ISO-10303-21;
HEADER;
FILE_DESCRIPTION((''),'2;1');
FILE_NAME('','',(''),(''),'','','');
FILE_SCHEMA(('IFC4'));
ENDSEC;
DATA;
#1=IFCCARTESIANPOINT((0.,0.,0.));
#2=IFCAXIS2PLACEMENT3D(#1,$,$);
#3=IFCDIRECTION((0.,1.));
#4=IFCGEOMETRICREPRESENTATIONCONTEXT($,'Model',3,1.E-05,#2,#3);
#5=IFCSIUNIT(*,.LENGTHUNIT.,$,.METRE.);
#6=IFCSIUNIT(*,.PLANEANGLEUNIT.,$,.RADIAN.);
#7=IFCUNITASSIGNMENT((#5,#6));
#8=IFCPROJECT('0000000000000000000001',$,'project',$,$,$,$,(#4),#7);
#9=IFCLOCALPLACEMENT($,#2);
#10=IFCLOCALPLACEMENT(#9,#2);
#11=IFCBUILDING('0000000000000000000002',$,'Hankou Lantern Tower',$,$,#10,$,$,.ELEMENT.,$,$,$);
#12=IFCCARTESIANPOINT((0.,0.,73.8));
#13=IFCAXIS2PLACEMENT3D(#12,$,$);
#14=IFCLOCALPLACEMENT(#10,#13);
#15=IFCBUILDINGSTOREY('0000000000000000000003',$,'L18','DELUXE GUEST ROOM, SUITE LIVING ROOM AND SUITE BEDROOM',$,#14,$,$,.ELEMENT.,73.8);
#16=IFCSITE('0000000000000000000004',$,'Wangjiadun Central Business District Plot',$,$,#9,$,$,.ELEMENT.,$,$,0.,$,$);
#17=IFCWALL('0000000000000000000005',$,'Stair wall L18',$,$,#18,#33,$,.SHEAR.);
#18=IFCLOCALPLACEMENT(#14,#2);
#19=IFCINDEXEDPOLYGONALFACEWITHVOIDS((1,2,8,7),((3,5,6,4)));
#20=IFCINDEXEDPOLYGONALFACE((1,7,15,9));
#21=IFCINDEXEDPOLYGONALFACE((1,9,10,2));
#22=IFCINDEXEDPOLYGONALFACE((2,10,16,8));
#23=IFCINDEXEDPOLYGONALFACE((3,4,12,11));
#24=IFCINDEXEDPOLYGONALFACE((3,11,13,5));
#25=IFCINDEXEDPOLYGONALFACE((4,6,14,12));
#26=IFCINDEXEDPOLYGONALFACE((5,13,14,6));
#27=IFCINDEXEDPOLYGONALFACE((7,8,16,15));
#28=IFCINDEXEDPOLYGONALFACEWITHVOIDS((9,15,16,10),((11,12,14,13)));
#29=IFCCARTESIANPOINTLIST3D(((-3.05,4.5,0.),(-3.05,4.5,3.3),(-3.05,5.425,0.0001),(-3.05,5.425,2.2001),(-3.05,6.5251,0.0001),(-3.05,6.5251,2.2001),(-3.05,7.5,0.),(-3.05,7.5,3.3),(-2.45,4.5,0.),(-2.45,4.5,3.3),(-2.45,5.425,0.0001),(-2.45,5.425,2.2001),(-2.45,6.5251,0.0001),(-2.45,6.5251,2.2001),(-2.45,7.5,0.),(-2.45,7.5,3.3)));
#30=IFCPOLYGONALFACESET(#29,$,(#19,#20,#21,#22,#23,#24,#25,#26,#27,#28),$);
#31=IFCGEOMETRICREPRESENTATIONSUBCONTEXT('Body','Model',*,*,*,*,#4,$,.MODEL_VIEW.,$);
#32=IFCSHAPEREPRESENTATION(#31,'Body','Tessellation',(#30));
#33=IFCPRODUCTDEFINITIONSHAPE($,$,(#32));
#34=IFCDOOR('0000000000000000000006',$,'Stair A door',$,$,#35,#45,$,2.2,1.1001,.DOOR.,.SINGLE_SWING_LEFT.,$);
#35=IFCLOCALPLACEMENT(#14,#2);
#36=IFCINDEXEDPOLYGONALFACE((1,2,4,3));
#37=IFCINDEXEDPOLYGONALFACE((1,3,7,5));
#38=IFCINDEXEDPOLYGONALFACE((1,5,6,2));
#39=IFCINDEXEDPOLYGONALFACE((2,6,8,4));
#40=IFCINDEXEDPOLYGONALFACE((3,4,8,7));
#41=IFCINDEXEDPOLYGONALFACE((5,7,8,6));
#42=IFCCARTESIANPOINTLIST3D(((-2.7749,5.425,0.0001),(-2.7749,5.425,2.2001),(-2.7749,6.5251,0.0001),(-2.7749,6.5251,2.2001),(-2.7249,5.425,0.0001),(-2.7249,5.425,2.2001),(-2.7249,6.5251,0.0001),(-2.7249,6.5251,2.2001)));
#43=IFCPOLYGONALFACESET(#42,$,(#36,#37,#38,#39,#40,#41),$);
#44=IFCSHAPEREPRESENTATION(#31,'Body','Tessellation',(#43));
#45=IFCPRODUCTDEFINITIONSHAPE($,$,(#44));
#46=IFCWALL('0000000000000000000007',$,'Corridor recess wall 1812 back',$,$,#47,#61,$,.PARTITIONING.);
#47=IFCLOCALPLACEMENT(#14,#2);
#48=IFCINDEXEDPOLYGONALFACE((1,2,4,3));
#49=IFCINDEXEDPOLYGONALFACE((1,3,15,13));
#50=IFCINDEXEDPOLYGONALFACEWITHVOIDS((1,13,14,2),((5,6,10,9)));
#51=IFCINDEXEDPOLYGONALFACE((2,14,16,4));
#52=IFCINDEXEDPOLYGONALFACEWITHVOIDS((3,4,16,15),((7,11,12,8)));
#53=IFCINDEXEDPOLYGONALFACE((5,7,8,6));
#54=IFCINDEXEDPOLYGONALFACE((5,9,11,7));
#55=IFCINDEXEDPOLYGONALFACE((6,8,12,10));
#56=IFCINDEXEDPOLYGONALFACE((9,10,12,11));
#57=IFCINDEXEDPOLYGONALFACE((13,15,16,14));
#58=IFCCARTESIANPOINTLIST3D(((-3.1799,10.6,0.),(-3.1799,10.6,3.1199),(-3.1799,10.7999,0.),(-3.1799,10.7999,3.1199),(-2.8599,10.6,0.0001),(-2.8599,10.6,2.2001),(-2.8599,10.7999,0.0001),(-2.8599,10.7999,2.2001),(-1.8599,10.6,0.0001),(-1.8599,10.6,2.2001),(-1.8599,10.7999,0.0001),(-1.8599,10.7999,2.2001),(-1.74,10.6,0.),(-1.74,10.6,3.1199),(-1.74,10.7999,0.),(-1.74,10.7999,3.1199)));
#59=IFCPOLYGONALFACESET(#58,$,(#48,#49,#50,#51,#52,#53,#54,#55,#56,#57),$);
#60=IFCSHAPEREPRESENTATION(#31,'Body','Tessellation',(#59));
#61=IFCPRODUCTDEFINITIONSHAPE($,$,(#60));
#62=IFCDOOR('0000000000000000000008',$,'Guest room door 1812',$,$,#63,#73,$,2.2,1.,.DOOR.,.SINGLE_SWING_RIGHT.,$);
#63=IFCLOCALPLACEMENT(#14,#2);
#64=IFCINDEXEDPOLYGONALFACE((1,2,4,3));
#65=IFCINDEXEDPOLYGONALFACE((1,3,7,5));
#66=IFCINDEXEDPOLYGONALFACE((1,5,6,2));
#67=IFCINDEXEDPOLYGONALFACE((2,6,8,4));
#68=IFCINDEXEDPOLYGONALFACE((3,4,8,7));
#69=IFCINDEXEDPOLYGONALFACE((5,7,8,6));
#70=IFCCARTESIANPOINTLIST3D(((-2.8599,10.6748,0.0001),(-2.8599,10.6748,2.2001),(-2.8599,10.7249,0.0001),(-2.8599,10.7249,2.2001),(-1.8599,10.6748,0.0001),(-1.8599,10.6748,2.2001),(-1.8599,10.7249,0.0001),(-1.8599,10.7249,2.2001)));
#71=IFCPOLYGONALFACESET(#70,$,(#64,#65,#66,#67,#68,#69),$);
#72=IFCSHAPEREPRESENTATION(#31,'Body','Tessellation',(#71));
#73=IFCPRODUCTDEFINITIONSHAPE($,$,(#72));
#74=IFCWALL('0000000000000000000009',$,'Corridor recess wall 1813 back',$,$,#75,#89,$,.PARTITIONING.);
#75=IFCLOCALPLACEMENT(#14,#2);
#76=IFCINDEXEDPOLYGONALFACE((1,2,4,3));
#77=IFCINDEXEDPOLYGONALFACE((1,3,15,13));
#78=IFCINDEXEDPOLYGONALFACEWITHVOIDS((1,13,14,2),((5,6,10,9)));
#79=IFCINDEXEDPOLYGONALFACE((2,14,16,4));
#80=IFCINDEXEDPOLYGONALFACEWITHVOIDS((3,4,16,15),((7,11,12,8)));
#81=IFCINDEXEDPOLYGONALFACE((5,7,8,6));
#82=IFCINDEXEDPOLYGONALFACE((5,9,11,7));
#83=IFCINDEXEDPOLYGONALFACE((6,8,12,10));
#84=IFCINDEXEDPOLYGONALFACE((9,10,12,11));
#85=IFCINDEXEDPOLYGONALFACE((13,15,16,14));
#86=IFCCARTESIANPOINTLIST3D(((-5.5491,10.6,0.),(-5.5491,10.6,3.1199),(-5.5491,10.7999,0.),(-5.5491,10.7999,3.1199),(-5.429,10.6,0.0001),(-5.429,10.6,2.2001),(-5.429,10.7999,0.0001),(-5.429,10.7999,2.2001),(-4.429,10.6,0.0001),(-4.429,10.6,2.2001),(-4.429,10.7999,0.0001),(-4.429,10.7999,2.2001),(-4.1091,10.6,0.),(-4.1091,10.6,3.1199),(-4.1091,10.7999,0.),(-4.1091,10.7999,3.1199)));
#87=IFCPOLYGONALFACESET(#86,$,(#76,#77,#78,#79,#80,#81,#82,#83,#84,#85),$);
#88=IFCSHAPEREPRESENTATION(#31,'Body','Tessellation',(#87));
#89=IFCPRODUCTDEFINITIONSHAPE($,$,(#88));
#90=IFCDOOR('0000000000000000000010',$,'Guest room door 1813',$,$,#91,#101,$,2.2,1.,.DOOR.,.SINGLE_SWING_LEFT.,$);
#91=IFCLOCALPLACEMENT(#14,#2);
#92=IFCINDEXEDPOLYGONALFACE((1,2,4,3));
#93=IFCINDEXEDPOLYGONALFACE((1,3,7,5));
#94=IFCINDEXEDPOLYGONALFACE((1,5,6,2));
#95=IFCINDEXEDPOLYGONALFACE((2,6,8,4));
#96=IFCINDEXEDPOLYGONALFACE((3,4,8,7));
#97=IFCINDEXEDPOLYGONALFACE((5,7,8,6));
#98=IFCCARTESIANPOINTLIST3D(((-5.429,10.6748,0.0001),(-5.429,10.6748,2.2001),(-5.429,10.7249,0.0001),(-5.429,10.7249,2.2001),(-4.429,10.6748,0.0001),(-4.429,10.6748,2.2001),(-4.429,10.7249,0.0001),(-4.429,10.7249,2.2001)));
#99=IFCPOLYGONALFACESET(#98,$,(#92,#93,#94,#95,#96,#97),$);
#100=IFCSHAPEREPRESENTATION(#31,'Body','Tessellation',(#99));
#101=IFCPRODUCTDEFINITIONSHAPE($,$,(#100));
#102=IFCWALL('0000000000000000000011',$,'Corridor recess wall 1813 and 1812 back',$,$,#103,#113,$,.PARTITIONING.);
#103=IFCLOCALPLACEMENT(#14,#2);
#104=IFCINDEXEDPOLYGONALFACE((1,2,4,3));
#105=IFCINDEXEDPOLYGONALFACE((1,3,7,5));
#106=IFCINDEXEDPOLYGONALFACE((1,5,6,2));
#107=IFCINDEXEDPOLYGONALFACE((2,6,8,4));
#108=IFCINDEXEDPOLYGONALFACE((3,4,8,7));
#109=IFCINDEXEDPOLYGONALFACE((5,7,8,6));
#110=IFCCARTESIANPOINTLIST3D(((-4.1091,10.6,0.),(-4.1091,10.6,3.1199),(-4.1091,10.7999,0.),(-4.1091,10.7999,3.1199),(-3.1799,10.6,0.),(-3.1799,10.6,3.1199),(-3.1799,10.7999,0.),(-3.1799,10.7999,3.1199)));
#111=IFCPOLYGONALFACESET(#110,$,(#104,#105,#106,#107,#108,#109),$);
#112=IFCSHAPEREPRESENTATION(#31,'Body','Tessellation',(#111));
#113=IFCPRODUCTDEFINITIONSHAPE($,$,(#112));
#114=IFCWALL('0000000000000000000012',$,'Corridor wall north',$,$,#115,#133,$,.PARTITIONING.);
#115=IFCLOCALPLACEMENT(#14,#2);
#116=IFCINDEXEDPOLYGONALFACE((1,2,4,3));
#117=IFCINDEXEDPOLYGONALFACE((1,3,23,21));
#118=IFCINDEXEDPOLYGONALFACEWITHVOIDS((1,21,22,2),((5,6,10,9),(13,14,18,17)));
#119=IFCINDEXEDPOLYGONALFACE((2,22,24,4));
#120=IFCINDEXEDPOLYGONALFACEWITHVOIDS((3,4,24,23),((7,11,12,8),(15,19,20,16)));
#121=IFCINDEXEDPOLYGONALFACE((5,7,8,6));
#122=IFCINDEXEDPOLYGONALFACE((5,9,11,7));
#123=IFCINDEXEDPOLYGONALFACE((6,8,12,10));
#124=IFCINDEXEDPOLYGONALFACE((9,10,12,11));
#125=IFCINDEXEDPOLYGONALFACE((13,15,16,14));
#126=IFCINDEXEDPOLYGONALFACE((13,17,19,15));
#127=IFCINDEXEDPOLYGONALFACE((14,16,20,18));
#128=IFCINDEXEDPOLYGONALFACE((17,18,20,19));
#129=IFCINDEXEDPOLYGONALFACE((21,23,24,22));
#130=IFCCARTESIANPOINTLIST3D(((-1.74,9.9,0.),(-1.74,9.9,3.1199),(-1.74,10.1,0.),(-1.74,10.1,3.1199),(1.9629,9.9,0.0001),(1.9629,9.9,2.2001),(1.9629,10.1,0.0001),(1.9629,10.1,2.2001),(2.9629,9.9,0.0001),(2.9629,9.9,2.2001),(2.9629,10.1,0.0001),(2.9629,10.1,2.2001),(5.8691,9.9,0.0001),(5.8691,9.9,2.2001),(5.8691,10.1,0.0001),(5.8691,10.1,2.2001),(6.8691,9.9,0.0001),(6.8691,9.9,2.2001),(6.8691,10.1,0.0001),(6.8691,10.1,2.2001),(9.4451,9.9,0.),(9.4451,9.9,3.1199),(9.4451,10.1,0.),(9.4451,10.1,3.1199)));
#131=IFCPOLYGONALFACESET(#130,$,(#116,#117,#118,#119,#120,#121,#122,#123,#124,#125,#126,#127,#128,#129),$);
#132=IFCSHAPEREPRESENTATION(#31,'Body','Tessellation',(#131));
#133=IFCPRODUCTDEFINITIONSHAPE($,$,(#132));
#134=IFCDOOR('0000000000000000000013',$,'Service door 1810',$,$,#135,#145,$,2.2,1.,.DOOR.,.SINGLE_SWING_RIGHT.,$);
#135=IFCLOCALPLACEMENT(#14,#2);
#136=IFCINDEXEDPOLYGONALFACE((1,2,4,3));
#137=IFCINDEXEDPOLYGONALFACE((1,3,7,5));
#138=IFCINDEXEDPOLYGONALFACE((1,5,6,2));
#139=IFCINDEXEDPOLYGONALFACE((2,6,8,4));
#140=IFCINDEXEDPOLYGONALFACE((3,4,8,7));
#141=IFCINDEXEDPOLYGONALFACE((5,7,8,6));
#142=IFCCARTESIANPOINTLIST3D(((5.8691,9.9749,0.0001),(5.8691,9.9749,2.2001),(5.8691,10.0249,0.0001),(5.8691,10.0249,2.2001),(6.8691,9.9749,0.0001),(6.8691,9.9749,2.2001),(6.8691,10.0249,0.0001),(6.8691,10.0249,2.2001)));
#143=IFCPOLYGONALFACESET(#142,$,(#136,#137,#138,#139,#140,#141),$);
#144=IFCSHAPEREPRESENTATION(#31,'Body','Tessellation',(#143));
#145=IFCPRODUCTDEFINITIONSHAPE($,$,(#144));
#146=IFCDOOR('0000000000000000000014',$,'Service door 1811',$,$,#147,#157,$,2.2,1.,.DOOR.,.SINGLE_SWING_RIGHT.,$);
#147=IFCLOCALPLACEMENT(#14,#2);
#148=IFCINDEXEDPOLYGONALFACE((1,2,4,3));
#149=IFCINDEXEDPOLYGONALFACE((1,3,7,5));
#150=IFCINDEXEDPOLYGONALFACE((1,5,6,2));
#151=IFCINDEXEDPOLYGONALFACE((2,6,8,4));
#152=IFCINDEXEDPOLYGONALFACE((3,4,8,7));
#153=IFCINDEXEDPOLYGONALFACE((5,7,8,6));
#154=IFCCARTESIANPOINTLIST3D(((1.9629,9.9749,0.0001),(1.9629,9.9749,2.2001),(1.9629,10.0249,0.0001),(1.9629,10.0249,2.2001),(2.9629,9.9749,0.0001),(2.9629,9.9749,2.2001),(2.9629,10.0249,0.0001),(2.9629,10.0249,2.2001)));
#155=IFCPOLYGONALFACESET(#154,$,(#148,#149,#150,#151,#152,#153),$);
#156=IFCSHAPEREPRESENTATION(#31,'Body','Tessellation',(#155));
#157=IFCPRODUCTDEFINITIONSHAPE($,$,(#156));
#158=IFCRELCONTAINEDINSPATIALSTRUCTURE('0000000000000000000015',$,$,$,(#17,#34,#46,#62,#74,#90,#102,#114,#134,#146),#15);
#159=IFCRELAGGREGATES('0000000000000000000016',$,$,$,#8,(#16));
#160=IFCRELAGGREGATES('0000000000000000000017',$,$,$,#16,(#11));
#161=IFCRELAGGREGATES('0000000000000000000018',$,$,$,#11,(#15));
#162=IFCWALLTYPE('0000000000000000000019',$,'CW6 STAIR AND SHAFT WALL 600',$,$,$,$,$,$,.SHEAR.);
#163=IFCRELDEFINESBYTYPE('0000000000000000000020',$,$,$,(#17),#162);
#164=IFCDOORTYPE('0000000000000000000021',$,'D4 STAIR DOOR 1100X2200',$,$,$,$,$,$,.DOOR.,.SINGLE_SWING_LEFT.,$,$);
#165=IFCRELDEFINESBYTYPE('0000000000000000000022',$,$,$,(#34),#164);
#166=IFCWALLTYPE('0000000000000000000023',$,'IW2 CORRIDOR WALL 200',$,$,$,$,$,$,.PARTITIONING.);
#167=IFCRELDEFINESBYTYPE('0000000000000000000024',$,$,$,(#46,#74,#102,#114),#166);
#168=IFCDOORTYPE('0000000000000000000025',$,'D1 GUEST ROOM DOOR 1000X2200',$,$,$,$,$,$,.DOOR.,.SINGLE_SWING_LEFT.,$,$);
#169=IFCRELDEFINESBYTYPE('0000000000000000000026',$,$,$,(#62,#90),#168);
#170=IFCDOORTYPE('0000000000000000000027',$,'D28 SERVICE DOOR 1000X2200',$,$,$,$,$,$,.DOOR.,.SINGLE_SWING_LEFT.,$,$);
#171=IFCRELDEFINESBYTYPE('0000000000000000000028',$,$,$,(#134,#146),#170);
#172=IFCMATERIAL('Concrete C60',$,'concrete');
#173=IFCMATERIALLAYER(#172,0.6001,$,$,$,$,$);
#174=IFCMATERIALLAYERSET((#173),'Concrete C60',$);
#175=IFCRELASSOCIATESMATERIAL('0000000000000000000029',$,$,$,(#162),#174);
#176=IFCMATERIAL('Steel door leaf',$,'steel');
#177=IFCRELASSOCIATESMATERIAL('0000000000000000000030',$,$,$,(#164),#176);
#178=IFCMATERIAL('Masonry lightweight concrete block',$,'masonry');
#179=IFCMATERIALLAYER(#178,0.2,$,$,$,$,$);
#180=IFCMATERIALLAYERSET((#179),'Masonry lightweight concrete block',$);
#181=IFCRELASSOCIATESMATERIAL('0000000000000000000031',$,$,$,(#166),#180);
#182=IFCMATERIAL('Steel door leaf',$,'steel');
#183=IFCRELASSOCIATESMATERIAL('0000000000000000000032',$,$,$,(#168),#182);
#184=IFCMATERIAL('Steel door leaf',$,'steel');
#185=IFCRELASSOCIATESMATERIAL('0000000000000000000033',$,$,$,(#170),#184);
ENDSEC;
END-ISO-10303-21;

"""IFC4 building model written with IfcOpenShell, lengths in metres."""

from ifc_helpers import new_model, si_unit, direction, frame, frame_2d, origin, place, context, subcontext, project, spatial, rectangle, extrude, material, layer, layer_set, type_object, element, fill, save


model = new_model("IFC4")

# Units and contexts
model_context = context("Model", 3, precision=1e-05, world=origin(), true_north=direction((0.0, 1.0)))
body_context = subcontext(model_context, "Body", "Model", "MODEL_VIEW")
ifc_project = project(units=[si_unit("LENGTHUNIT", "METRE"), si_unit("PLANEANGLEUNIT", "RADIAN")], contexts=[model_context])

# Site, building, storey
site_placement = place(None, origin())
site = spatial("IfcSite", under=ifc_project, at=site_placement, Name="Wangjiadun Central Business District Plot", CompositionType="ELEMENT", RefElevation=0.0)
building_placement = place(site_placement, origin())
building = spatial("IfcBuilding", under=site, at=building_placement, Name="Hankou Lantern Tower", CompositionType="ELEMENT")
storey_placement = place(building_placement, frame((0.0, 0.0, 73.8)))
storey = spatial("IfcBuildingStorey", under=building, at=storey_placement, Name="L18", Description="DELUXE GUEST ROOM, SUITE LIVING ROOM AND SUITE BEDROOM", CompositionType="ELEMENT", Elevation=73.8)

# Walls, openings, doors
ifc_material_1 = material(Name="Concrete C60", Category="concrete")
ifc_layer_1 = layer(ifc_material_1, 0.6001)
ifc_layer_set_1 = layer_set([ifc_layer_1], Name="Concrete C60")
wall_type_1 = type_object("IfcWallType", Name="CW6 STAIR AND SHAFT WALL 600", PredefinedType="SHEAR", material=ifc_layer_set_1)
wall_1_placement = place(storey_placement, frame((-2.75, 4.5, 0.0), z_axis=(0.0, 0.0, 1.0), x_axis=(0.0, 1.0, 0.0)))
wall_1 = element("IfcWall", 1, at=wall_1_placement, inside=storey, type_object=wall_type_1, Name="Stair wall L18", PredefinedType="SHEAR", context=body_context, shape_type="SweptSolid", body=[
    extrude(rectangle(XDim=3.0, YDim=0.6001, at=frame_2d((1.5, 0.0))), origin(), (0.0, 0.0, 1.0), 3.3),
])
opening_1_placement = place(wall_1_placement, frame((0.925, 0.0, 0.0)))
opening_1 = element("IfcOpeningElement", 2, at=opening_1_placement, cuts=wall_1, PredefinedType="OPENING", context=body_context, shape_type="SweptSolid", body=[
    extrude(rectangle(XDim=1.1001, YDim=2.2, at=frame_2d((0.55, 1.1001))), frame((0.0, 0.3101, 0.0), z_axis=(0.0, -1.0, 0.0), x_axis=(1.0, 0.0, 0.0)), (0.0, 0.0, 1.0), 0.6201),
])
ifc_material_2 = material(Name="Steel door leaf", Category="steel")
door_type_1 = type_object("IfcDoorType", Name="D4 STAIR DOOR 1100X2200", OperationType="SINGLE_SWING_LEFT", PredefinedType="DOOR", material=ifc_material_2)
door_1_placement = place(opening_1_placement, origin())
door_1 = element("IfcDoor", 3, at=door_1_placement, inside=storey, type_object=door_type_1, Name="Stair A door", OperationType="SINGLE_SWING_LEFT", OverallHeight=2.2, OverallWidth=1.1001, PredefinedType="DOOR", context=body_context, shape_type="SweptSolid", body=[
    extrude(rectangle(XDim=1.1001, YDim=2.2, at=frame_2d((0.55, 1.1001))), frame((0.0, 0.0249, 0.0), z_axis=(0.0, -1.0, 0.0), x_axis=(1.0, 0.0, 0.0)), (0.0, 0.0, 1.0), 0.05),
])
fill(opening_1, door_1)
ifc_material_3 = material(Name="Masonry lightweight concrete block", Category="masonry")
ifc_layer_2 = layer(ifc_material_3, 0.2)
ifc_layer_set_2 = layer_set([ifc_layer_2], Name="Masonry lightweight concrete block")
wall_type_2 = type_object("IfcWallType", Name="IW2 CORRIDOR WALL 200", PredefinedType="PARTITIONING", material=ifc_layer_set_2)
wall_2_placement = place(storey_placement, frame((-3.1799, 10.7, 0.0), z_axis=(0.0, 0.0, 1.0), x_axis=(1.0, 0.0, 0.0)))
wall_2 = element("IfcWall", 4, at=wall_2_placement, inside=storey, type_object=wall_type_2, Name="Corridor recess wall 1812 back", PredefinedType="PARTITIONING", context=body_context, shape_type="SweptSolid", body=[
    extrude(rectangle(XDim=1.4399, YDim=0.2, at=frame_2d((0.72, 0.0))), origin(), (0.0, 0.0, 1.0), 3.1199),
])
opening_2_placement = place(wall_2_placement, frame((0.3201, 0.0, 0.0)))
opening_2 = element("IfcOpeningElement", 5, at=opening_2_placement, cuts=wall_2, PredefinedType="OPENING", context=body_context, shape_type="SweptSolid", body=[
    extrude(rectangle(XDim=1.0, YDim=2.2, at=frame_2d((0.5, 1.1001))), frame((0.0, 0.1099, 0.0), z_axis=(0.0, -1.0, 0.0), x_axis=(1.0, 0.0, 0.0)), (0.0, 0.0, 1.0), 0.22),
])
ifc_material_4 = material(Name="Steel door leaf", Category="steel")
door_type_2 = type_object("IfcDoorType", Name="D1 GUEST ROOM DOOR 1000X2200", OperationType="SINGLE_SWING_LEFT", PredefinedType="DOOR", material=ifc_material_4)
door_2_placement = place(opening_2_placement, origin())
door_2 = element("IfcDoor", 6, at=door_2_placement, inside=storey, type_object=door_type_2, Name="Guest room door 1812", OperationType="SINGLE_SWING_RIGHT", OverallHeight=2.2, OverallWidth=1.0, PredefinedType="DOOR", context=body_context, shape_type="SweptSolid", body=[
    extrude(rectangle(XDim=1.0, YDim=2.2, at=frame_2d((0.5, 1.1001))), frame((0.0, 0.0249, 0.0), z_axis=(0.0, -1.0, 0.0), x_axis=(1.0, 0.0, 0.0)), (0.0, 0.0, 1.0), 0.05),
])
fill(opening_2, door_2)
wall_3_placement = place(storey_placement, frame((-5.5491, 10.7, 0.0), z_axis=(0.0, 0.0, 1.0), x_axis=(1.0, 0.0, 0.0)))
wall_3 = element("IfcWall", 7, at=wall_3_placement, inside=storey, type_object=wall_type_2, Name="Corridor recess wall 1813 back", PredefinedType="PARTITIONING", context=body_context, shape_type="SweptSolid", body=[
    extrude(rectangle(XDim=1.4399, YDim=0.2, at=frame_2d((0.72, 0.0))), origin(), (0.0, 0.0, 1.0), 3.1199),
])
opening_3_placement = place(wall_3_placement, frame((0.1201, 0.0, 0.0)))
opening_3 = element("IfcOpeningElement", 8, at=opening_3_placement, cuts=wall_3, PredefinedType="OPENING", context=body_context, shape_type="SweptSolid", body=[
    extrude(rectangle(XDim=1.0, YDim=2.2, at=frame_2d((0.5, 1.1001))), frame((0.0, 0.1099, 0.0), z_axis=(0.0, -1.0, 0.0), x_axis=(1.0, 0.0, 0.0)), (0.0, 0.0, 1.0), 0.22),
])
door_3_placement = place(opening_3_placement, origin())
door_3 = element("IfcDoor", 9, at=door_3_placement, inside=storey, type_object=door_type_2, Name="Guest room door 1813", OperationType="SINGLE_SWING_LEFT", OverallHeight=2.2, OverallWidth=1.0, PredefinedType="DOOR", context=body_context, shape_type="SweptSolid", body=[
    extrude(rectangle(XDim=1.0, YDim=2.2, at=frame_2d((0.5, 1.1001))), frame((0.0, 0.0249, 0.0), z_axis=(0.0, -1.0, 0.0), x_axis=(1.0, 0.0, 0.0)), (0.0, 0.0, 1.0), 0.05),
])
fill(opening_3, door_3)

# Wall
wall_4_placement = place(storey_placement, frame((-4.1091, 10.7, 0.0), z_axis=(0.0, 0.0, 1.0), x_axis=(1.0, 0.0, 0.0)))
element("IfcWall", 10, at=wall_4_placement, inside=storey, type_object=wall_type_2, Name="Corridor recess wall 1813 and 1812 back", PredefinedType="PARTITIONING", context=body_context, shape_type="SweptSolid", body=[
    extrude(rectangle(XDim=0.9292, YDim=0.2, at=frame_2d((0.4646, 0.0))), origin(), (0.0, 0.0, 1.0), 3.1199),
])

# Wall, openings, doors
wall_5_placement = place(storey_placement, frame((-1.74, 10.0, 0.0), z_axis=(0.0, 0.0, 1.0), x_axis=(1.0, 0.0, 0.0)))
wall_5 = element("IfcWall", 11, at=wall_5_placement, inside=storey, type_object=wall_type_2, Name="Corridor wall north", PredefinedType="PARTITIONING", context=body_context, shape_type="SweptSolid", body=[
    extrude(rectangle(XDim=11.1851, YDim=0.2, at=frame_2d((5.5925, 0.0))), origin(), (0.0, 0.0, 1.0), 3.1199),
])
opening_4_placement = place(wall_5_placement, frame((7.6091, 0.0, 0.0)))
opening_4 = element("IfcOpeningElement", 12, at=opening_4_placement, cuts=wall_5, PredefinedType="OPENING", context=body_context, shape_type="SweptSolid", body=[
    extrude(rectangle(XDim=1.0, YDim=2.2, at=frame_2d((0.5, 1.1001))), frame((0.0, 0.1099, 0.0), z_axis=(0.0, -1.0, 0.0), x_axis=(1.0, 0.0, 0.0)), (0.0, 0.0, 1.0), 0.22),
])
opening_5_placement = place(wall_5_placement, frame((3.7029, 0.0, 0.0)))
opening_5 = element("IfcOpeningElement", 13, at=opening_5_placement, cuts=wall_5, PredefinedType="OPENING", context=body_context, shape_type="SweptSolid", body=[
    extrude(rectangle(XDim=1.0, YDim=2.2, at=frame_2d((0.5, 1.1001))), frame((0.0, 0.1099, 0.0), z_axis=(0.0, -1.0, 0.0), x_axis=(1.0, 0.0, 0.0)), (0.0, 0.0, 1.0), 0.22),
])
ifc_material_5 = material(Name="Steel door leaf", Category="steel")
door_type_3 = type_object("IfcDoorType", Name="D28 SERVICE DOOR 1000X2200", OperationType="SINGLE_SWING_LEFT", PredefinedType="DOOR", material=ifc_material_5)
door_4_placement = place(opening_4_placement, origin())
door_4 = element("IfcDoor", 14, at=door_4_placement, inside=storey, type_object=door_type_3, Name="Service door 1810", OperationType="SINGLE_SWING_RIGHT", OverallHeight=2.2, OverallWidth=1.0, PredefinedType="DOOR", context=body_context, shape_type="SweptSolid", body=[
    extrude(rectangle(XDim=1.0, YDim=2.2, at=frame_2d((0.5, 1.1001))), frame((0.0, 0.0249, 0.0), z_axis=(0.0, -1.0, 0.0), x_axis=(1.0, 0.0, 0.0)), (0.0, 0.0, 1.0), 0.05),
])
fill(opening_4, door_4)
door_5_placement = place(opening_5_placement, origin())
door_5 = element("IfcDoor", 15, at=door_5_placement, inside=storey, type_object=door_type_3, Name="Service door 1811", OperationType="SINGLE_SWING_RIGHT", OverallHeight=2.2, OverallWidth=1.0, PredefinedType="DOOR", context=body_context, shape_type="SweptSolid", body=[
    extrude(rectangle(XDim=1.0, YDim=2.2, at=frame_2d((0.5, 1.1001))), frame((0.0, 0.0249, 0.0), z_axis=(0.0, -1.0, 0.0), x_axis=(1.0, 0.0, 0.0)), (0.0, 0.0, 1.0), 0.05),
])
fill(opening_5, door_5)

save(model, "model.ifc")
